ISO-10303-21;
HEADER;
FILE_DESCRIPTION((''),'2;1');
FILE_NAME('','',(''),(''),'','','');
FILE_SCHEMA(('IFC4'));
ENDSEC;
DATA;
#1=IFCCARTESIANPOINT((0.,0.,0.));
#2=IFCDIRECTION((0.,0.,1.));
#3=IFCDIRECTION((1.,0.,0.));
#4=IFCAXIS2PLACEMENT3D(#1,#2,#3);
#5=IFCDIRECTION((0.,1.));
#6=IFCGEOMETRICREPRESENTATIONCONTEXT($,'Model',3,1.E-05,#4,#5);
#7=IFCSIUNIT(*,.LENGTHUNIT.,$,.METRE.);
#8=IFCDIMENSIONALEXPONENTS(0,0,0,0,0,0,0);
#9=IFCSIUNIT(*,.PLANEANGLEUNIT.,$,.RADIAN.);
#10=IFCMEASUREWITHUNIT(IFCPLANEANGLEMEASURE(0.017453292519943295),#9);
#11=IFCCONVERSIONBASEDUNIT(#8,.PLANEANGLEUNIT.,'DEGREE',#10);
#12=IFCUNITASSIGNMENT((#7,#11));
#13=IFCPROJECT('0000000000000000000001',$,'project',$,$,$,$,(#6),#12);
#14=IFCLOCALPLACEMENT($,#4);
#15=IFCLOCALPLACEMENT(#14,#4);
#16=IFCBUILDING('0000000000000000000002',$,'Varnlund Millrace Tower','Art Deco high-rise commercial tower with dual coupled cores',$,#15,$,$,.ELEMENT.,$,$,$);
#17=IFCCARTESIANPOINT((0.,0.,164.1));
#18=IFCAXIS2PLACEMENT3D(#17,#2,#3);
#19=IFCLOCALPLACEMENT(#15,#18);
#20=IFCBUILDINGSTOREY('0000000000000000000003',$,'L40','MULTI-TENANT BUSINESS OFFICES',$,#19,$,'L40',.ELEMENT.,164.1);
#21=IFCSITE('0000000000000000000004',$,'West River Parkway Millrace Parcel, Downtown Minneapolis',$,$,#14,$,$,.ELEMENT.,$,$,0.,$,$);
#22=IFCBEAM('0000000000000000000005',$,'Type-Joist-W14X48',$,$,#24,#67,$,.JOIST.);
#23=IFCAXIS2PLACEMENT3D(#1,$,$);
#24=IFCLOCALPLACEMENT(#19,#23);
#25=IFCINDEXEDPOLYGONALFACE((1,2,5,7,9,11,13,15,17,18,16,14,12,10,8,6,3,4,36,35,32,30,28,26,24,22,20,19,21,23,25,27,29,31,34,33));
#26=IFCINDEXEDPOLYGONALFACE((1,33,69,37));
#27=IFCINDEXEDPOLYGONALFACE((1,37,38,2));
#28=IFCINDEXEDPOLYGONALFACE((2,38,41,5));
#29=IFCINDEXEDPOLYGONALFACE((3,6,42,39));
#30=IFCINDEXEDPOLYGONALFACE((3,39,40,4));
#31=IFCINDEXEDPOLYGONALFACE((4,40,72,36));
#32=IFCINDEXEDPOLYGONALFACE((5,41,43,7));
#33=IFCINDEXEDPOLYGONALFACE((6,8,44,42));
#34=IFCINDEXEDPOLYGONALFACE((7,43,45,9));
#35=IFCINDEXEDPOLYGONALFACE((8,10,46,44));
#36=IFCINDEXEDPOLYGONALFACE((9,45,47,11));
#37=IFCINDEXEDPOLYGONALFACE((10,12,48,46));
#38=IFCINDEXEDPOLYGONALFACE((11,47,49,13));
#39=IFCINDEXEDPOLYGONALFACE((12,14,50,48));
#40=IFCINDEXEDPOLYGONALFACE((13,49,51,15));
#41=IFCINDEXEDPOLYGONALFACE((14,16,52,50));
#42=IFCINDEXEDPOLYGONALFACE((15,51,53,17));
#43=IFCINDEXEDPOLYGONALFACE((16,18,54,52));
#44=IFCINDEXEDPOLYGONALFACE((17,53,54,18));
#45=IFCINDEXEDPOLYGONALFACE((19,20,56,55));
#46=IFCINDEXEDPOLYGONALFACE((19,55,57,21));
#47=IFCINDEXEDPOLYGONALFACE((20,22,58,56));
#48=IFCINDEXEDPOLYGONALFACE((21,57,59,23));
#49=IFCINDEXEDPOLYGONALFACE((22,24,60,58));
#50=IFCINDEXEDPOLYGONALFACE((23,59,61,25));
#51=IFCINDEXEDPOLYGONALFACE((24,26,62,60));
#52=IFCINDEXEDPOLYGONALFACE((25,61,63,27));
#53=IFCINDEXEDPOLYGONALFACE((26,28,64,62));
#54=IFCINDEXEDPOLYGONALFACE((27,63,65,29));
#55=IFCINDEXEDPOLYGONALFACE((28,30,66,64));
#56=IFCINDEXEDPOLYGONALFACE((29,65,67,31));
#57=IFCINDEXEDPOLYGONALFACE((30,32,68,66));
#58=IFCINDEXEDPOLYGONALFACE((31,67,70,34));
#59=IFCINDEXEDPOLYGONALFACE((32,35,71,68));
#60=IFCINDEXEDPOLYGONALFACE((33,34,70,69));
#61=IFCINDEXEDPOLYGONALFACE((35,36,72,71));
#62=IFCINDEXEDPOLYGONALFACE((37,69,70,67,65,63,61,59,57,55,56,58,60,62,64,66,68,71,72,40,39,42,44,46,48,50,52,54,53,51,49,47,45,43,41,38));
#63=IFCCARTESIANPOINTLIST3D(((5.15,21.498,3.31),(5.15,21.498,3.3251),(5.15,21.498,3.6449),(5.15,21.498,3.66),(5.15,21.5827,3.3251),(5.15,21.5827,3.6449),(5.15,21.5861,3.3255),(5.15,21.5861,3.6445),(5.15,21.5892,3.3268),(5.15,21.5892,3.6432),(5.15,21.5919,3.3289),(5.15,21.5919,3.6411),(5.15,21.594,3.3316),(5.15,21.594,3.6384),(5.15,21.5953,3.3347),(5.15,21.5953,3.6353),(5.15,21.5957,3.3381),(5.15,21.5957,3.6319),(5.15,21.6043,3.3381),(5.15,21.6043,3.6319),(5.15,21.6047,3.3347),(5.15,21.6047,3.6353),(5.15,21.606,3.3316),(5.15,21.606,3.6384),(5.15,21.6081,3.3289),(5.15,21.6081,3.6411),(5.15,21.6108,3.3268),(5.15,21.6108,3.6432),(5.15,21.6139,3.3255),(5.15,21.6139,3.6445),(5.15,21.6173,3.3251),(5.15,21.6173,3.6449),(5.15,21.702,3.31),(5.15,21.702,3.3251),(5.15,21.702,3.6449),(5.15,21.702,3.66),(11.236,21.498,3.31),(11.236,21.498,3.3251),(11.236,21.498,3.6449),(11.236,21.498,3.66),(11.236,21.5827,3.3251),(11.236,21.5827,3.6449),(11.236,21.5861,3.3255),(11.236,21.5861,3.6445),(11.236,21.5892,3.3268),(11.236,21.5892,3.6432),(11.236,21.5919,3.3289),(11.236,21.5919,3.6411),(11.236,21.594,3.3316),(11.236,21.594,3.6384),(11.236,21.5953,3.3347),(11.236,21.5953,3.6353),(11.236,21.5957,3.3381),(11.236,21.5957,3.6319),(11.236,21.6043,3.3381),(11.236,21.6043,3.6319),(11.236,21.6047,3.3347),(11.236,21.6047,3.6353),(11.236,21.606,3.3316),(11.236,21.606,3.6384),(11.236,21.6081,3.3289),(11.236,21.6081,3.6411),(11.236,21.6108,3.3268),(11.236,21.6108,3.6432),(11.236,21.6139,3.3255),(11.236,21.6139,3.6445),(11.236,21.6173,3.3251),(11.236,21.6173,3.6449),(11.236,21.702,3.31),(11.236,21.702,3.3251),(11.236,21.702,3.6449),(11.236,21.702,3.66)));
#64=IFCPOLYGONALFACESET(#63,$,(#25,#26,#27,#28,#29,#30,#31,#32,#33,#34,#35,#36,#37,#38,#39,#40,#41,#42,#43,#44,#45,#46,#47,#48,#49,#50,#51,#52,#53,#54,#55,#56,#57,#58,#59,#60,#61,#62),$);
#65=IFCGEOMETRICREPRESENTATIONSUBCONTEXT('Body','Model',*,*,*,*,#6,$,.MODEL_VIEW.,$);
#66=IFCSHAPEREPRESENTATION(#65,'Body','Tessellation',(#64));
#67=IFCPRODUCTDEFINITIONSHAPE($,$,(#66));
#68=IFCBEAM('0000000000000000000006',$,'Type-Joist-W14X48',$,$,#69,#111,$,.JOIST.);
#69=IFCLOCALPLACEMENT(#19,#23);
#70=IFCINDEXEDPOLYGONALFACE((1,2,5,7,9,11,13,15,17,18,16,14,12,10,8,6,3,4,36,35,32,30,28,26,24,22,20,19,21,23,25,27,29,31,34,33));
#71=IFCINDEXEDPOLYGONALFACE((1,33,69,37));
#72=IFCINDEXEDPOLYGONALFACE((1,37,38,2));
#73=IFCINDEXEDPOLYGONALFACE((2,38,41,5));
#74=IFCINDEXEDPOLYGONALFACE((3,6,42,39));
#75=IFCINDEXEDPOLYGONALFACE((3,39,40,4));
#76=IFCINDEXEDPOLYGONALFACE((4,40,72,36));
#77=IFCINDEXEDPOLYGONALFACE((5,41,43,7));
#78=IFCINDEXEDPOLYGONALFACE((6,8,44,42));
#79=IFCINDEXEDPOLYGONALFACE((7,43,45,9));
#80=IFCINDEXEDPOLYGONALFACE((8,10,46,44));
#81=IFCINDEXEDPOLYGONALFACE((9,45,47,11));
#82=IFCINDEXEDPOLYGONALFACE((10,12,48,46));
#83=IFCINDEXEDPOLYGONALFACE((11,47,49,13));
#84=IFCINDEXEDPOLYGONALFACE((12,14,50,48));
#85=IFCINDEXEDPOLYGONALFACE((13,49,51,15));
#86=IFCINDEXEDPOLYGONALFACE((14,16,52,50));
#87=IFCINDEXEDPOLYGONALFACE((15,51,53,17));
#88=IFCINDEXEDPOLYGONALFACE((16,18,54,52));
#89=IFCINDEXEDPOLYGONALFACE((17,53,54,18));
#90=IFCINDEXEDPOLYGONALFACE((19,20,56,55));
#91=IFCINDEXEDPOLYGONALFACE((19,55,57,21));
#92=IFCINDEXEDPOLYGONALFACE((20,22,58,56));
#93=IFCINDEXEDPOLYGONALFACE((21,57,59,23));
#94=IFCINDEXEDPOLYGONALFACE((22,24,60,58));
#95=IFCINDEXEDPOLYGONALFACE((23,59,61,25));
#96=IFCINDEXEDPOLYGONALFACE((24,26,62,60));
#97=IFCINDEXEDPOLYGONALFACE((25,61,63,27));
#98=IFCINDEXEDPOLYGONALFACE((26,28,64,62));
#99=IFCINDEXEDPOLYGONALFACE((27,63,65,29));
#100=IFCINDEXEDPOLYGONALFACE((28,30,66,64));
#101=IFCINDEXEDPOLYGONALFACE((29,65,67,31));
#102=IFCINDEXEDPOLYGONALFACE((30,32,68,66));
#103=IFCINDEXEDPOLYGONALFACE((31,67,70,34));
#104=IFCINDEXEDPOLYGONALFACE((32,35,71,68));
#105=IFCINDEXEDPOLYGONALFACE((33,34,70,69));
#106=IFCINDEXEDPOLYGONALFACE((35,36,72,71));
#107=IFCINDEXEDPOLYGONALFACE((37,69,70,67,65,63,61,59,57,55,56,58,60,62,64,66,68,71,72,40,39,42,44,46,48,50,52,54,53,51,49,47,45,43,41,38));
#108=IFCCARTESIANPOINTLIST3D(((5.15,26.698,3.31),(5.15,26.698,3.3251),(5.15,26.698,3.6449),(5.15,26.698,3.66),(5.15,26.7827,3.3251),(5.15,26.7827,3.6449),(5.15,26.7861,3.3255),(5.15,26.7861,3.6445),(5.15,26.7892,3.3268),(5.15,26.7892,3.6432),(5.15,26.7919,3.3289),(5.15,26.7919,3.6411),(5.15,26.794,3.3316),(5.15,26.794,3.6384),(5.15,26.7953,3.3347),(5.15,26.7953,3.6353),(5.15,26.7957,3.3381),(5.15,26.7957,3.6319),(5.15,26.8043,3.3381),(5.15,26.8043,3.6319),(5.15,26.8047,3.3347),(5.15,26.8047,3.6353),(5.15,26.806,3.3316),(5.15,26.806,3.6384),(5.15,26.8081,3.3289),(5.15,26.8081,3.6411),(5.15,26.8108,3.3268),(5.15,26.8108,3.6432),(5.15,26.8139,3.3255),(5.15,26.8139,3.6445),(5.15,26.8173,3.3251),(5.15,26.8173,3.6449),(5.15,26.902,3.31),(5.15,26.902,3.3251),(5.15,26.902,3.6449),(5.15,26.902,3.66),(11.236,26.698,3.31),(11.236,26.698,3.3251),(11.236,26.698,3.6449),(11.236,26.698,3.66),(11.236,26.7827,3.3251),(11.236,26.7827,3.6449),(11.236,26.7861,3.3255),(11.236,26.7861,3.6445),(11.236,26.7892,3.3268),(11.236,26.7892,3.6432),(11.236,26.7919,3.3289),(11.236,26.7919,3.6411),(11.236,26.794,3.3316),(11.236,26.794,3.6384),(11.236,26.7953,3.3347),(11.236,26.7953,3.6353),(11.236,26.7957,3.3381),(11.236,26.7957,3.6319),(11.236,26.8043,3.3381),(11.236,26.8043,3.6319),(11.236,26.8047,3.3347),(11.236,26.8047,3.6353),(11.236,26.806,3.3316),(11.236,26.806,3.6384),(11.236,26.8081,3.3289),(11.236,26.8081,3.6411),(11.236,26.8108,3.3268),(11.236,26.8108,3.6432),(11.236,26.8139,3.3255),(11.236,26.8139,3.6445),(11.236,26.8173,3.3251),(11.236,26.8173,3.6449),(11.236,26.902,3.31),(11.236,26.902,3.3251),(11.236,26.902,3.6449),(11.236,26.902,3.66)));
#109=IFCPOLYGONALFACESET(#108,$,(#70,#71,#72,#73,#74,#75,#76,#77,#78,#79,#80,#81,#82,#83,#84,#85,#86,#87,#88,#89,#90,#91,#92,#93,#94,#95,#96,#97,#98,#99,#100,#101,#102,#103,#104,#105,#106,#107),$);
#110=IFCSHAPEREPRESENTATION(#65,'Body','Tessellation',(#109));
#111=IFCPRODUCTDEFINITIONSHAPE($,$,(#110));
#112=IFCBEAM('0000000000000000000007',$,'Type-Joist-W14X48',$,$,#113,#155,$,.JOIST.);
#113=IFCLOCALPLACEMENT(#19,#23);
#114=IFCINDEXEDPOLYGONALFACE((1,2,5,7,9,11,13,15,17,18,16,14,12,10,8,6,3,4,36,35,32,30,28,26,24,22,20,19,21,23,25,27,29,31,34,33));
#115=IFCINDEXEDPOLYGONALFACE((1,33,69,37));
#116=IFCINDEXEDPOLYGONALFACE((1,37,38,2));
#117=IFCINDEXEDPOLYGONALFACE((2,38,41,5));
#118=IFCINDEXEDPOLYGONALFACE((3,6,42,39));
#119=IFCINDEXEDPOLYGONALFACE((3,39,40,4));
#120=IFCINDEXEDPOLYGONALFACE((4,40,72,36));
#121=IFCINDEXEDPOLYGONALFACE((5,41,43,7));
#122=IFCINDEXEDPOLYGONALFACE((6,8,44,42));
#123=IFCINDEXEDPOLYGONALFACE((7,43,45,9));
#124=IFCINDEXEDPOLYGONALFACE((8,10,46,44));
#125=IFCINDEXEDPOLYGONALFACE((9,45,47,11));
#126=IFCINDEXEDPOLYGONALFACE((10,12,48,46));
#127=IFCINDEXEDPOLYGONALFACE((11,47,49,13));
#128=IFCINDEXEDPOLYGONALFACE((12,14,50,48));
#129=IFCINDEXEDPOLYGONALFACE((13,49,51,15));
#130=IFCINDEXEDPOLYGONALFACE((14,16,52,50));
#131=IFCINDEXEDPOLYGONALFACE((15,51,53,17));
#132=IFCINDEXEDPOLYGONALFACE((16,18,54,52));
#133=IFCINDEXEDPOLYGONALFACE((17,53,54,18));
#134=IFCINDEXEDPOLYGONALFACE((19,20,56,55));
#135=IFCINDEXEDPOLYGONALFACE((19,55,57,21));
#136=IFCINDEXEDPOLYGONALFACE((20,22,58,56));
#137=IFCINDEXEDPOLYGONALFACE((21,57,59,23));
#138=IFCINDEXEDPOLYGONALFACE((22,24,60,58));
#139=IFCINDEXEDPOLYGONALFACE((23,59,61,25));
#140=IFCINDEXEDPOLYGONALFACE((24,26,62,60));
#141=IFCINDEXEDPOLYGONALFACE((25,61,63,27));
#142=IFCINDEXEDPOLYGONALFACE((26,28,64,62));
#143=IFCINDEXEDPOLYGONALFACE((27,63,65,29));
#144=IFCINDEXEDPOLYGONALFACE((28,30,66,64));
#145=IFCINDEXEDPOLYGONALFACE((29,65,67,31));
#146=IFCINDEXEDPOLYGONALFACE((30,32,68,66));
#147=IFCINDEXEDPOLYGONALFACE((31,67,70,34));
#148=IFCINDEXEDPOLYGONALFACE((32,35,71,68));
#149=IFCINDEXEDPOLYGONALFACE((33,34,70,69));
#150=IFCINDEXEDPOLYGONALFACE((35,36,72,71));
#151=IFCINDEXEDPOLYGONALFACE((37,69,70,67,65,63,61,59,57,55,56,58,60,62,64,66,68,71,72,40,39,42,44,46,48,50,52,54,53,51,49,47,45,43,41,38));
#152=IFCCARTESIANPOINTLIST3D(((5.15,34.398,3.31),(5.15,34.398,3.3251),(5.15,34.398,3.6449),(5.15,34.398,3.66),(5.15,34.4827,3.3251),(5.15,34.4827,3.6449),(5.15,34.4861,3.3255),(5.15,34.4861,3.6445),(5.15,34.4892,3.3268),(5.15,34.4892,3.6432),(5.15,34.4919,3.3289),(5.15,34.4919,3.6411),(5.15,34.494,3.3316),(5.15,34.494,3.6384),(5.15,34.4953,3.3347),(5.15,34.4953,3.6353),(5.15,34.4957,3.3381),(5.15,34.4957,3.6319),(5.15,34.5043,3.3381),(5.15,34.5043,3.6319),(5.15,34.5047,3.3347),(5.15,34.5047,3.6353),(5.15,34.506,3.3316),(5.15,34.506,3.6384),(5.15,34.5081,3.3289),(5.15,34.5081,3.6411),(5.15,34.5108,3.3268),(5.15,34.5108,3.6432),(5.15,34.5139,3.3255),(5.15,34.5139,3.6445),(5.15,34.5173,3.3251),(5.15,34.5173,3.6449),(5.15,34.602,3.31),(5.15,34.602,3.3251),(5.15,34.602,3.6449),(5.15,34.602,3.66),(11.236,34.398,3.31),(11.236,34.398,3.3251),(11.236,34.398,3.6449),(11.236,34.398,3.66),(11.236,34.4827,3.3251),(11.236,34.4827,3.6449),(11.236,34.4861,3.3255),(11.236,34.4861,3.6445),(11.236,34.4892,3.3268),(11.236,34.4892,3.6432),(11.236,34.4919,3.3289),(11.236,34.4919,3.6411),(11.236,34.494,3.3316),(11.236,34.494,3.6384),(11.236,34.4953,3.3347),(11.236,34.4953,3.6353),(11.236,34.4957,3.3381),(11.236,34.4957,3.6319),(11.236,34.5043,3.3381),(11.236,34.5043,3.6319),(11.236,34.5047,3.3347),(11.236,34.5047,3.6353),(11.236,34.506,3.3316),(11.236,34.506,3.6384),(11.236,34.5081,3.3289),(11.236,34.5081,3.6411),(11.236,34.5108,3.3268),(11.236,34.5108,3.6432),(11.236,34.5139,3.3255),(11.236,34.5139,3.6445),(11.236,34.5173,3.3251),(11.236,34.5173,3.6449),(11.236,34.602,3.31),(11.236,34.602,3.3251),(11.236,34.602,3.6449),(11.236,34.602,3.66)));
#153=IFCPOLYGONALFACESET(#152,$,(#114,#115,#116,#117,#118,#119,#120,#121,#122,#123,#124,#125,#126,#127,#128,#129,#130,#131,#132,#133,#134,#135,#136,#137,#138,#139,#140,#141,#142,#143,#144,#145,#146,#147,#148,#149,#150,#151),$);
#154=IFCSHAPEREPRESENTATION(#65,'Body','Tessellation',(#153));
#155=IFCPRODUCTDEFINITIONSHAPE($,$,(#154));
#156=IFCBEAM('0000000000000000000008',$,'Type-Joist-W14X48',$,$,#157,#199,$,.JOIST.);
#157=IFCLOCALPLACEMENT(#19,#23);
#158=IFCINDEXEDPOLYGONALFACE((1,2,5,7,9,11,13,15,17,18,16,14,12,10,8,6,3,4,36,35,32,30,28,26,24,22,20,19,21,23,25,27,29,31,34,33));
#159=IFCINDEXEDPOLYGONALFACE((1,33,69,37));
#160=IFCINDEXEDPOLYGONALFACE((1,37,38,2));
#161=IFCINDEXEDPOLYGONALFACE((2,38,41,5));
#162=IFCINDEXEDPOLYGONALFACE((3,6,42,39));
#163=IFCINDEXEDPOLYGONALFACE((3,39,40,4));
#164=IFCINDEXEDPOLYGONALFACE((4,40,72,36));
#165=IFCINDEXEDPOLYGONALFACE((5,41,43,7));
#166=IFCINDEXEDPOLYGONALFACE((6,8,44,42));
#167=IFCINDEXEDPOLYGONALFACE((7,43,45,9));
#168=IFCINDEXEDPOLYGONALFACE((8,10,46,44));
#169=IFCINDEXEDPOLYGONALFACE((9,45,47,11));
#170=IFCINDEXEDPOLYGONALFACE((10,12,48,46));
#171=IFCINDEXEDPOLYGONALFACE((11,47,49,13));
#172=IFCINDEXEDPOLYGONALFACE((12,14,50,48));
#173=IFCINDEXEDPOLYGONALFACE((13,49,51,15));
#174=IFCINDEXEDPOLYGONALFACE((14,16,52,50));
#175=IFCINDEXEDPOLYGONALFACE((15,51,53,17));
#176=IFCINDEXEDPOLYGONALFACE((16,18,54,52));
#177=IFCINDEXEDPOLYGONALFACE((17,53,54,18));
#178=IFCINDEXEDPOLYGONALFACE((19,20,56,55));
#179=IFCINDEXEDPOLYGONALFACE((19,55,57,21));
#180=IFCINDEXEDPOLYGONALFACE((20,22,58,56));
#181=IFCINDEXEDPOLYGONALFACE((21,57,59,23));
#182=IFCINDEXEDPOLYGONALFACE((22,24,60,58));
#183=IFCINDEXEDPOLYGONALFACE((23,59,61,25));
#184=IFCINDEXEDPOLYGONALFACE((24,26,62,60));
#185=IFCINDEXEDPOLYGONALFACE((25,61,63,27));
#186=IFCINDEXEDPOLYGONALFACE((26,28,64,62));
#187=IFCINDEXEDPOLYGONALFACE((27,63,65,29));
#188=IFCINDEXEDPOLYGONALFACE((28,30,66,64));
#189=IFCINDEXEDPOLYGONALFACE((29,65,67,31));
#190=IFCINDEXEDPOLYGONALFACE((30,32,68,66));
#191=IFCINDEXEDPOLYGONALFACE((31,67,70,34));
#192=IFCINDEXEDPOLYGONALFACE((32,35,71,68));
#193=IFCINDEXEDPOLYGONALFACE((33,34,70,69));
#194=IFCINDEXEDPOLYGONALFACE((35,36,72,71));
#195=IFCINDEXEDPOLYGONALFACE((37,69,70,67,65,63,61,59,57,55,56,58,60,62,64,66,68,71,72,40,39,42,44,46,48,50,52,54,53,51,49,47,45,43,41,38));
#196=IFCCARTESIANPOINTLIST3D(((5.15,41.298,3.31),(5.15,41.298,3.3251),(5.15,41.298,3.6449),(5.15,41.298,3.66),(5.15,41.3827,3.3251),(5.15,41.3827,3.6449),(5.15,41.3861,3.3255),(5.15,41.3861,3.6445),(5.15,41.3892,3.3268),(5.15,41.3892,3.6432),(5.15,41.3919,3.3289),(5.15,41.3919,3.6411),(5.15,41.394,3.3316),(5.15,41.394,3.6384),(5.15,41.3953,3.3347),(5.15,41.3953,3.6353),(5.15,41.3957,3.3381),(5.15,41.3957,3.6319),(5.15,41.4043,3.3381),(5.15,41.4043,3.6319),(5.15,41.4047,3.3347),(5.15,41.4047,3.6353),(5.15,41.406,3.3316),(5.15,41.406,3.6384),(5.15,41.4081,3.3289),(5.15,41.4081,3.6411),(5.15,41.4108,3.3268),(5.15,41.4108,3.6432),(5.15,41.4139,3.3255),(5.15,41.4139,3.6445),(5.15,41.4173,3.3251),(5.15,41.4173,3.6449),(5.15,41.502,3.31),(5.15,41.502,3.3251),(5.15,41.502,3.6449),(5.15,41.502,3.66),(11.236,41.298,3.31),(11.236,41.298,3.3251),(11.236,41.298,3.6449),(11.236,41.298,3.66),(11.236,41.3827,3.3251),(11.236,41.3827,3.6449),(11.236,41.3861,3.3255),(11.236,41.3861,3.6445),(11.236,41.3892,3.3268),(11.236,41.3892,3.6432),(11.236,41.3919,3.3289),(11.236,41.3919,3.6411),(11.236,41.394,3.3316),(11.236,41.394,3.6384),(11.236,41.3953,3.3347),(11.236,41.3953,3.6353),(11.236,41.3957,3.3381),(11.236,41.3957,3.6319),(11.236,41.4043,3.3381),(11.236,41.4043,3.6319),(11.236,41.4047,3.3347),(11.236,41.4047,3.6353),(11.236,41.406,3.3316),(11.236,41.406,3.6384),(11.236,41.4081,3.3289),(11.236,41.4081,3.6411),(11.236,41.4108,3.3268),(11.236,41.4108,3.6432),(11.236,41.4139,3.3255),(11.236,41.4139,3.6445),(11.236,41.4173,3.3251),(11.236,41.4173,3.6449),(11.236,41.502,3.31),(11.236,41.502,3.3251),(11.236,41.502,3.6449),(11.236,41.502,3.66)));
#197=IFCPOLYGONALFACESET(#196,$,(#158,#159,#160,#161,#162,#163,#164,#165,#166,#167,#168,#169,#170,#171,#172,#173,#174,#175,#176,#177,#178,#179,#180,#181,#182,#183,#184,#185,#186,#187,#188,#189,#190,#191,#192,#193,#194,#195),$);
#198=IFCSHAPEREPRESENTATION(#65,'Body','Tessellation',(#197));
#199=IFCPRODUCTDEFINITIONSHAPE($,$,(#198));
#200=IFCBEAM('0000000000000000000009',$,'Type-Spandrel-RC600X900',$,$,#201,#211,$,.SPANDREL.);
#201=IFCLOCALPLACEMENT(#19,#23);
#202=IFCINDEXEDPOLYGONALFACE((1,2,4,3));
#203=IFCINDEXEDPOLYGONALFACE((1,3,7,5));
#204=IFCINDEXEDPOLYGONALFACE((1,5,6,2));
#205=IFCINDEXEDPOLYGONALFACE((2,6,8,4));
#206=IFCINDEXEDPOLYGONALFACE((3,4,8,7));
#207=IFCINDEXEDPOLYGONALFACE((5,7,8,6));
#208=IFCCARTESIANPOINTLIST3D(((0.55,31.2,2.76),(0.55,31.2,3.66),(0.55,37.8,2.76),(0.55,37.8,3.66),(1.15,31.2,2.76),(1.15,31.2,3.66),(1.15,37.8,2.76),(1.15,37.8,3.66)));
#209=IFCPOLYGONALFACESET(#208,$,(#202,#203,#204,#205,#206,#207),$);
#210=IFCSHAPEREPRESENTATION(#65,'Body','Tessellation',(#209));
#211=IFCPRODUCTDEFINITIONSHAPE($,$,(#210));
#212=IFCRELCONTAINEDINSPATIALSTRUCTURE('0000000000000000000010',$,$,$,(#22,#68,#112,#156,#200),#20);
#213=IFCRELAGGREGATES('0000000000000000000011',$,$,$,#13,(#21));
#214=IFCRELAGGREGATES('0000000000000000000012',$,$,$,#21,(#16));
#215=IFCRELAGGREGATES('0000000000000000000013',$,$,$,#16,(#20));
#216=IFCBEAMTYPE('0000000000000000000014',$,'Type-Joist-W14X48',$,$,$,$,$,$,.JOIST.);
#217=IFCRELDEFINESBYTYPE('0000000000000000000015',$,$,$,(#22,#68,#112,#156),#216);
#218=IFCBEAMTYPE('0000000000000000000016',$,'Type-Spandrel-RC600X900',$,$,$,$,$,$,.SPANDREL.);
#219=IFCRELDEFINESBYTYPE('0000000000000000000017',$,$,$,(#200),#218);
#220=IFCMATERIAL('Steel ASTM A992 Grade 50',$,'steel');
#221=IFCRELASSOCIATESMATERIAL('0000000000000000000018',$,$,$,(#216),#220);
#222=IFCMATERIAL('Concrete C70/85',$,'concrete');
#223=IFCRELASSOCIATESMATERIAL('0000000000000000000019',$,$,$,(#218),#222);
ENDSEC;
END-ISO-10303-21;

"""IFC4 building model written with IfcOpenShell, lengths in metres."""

from ifc_helpers import new_model, entity, si_unit, converted_unit, direction, frame, origin_with_axes, origin_2d_with_axis, place, context, subcontext, project, spatial, rectangle, i_section, extrude, material, material_profile, profile_set, type_object, element, save


model = new_model("IFC4")

# Units and contexts
model_context = context("Model", 3, precision=1e-05, world=origin_with_axes(), true_north=direction((0.0, 1.0)))
body_context = subcontext(model_context, "Body", "Model", "MODEL_VIEW")
ifc_project = project(units=[si_unit("LENGTHUNIT", "METRE"), converted_unit("PLANEANGLEUNIT", "DEGREE", entity("IfcPlaneAngleMeasure", 0.017453292519943295), si_unit("PLANEANGLEUNIT", "RADIAN"), dimensions=[0, 0, 0, 0, 0, 0, 0])], contexts=[model_context])

# Site, building, storey
site_placement = place(None, origin_with_axes())
site = spatial("IfcSite", under=ifc_project, at=site_placement, Name="West River Parkway Millrace Parcel, Downtown Minneapolis", CompositionType="ELEMENT", RefElevation=0.0)
building_placement = place(site_placement, origin_with_axes())
building = spatial("IfcBuilding", under=site, at=building_placement, Name="Varnlund Millrace Tower", Description="Art Deco high-rise commercial tower with dual coupled cores", CompositionType="ELEMENT")
storey_placement = place(building_placement, frame((0.0, 0.0, 164.1), z_axis=(0.0, 0.0, 1.0), x_axis=(1.0, 0.0, 0.0)))
storey = spatial("IfcBuildingStorey", under=building, at=storey_placement, Name="L40", Description="MULTI-TENANT BUSINESS OFFICES", LongName="L40", CompositionType="ELEMENT", Elevation=164.1)

# Beams
ifc_material_1 = material(Name="Steel ASTM A992 Grade 50", Category="steel")
ifc_material_profile_1 = material_profile(ifc_material_1, i_section(OverallWidth=0.204, OverallDepth=0.35, WebThickness=0.0086, FlangeThickness=0.0151, FilletRadius=0.013, at=origin_2d_with_axis()), Name="Steel ASTM A992 Grade 50")
ifc_profile_set_1 = profile_set([ifc_material_profile_1], Name="Steel ASTM A992 Grade 50")
beam_type_1 = type_object("IfcBeamType", Name="Type-Joist-W14X48", PredefinedType="JOIST", material=ifc_profile_set_1)
for number, where, z_axis, x_axis, name in (
    (1, (5.15, 21.6, 3.485), (1.0, 0.0, 0.0), (0.0, 1.0, 0.0), "Type-Joist-W14X48"),
    (2, (5.15, 26.8, 3.485), (1.0, 0.0, 0.0), (0.0, 1.0, 0.0), "Type-Joist-W14X48"),
    (3, (5.15, 34.5, 3.485), (1.0, 0.0, 0.0), (0.0, 1.0, 0.0), "Type-Joist-W14X48"),
    (4, (5.15, 41.4, 3.485), (1.0, 0.0, 0.0), (0.0, 1.0, 0.0), "Type-Joist-W14X48"),
):
    element("IfcBeam", number, at=place(storey_placement, frame(where, z_axis=z_axis, x_axis=x_axis)), inside=storey, type_object=beam_type_1, Name=name, PredefinedType="JOIST", context=body_context, shape_type="SweptSolid", body=[
        extrude(i_section(OverallWidth=0.204, OverallDepth=0.35, WebThickness=0.0086, FlangeThickness=0.0151, FilletRadius=0.013, at=origin_2d_with_axis()), origin_with_axes(), (0.0, 0.0, 1.0), 6.086),
    ])
ifc_material_2 = material(Name="Concrete C70/85", Category="concrete")
ifc_material_profile_2 = material_profile(ifc_material_2, rectangle(XDim=0.6, YDim=0.9, at=origin_2d_with_axis()), Name="Concrete C70/85")
ifc_profile_set_2 = profile_set([ifc_material_profile_2], Name="Concrete C70/85")
beam_type_2 = type_object("IfcBeamType", Name="Type-Spandrel-RC600X900", PredefinedType="SPANDREL", material=ifc_profile_set_2)
beam_1_placement = place(storey_placement, frame((0.85, 31.2, 3.21), z_axis=(0.0, 1.0, 0.0), x_axis=(-1.0, 0.0, 0.0)))
element("IfcBeam", 5, at=beam_1_placement, inside=storey, type_object=beam_type_2, Name="Type-Spandrel-RC600X900", PredefinedType="SPANDREL", context=body_context, shape_type="SweptSolid", body=[
    extrude(rectangle(XDim=0.6, YDim=0.9, at=origin_2d_with_axis()), origin_with_axes(), (0.0, 0.0, 1.0), 6.6),
])

save(model, "model.ifc")
